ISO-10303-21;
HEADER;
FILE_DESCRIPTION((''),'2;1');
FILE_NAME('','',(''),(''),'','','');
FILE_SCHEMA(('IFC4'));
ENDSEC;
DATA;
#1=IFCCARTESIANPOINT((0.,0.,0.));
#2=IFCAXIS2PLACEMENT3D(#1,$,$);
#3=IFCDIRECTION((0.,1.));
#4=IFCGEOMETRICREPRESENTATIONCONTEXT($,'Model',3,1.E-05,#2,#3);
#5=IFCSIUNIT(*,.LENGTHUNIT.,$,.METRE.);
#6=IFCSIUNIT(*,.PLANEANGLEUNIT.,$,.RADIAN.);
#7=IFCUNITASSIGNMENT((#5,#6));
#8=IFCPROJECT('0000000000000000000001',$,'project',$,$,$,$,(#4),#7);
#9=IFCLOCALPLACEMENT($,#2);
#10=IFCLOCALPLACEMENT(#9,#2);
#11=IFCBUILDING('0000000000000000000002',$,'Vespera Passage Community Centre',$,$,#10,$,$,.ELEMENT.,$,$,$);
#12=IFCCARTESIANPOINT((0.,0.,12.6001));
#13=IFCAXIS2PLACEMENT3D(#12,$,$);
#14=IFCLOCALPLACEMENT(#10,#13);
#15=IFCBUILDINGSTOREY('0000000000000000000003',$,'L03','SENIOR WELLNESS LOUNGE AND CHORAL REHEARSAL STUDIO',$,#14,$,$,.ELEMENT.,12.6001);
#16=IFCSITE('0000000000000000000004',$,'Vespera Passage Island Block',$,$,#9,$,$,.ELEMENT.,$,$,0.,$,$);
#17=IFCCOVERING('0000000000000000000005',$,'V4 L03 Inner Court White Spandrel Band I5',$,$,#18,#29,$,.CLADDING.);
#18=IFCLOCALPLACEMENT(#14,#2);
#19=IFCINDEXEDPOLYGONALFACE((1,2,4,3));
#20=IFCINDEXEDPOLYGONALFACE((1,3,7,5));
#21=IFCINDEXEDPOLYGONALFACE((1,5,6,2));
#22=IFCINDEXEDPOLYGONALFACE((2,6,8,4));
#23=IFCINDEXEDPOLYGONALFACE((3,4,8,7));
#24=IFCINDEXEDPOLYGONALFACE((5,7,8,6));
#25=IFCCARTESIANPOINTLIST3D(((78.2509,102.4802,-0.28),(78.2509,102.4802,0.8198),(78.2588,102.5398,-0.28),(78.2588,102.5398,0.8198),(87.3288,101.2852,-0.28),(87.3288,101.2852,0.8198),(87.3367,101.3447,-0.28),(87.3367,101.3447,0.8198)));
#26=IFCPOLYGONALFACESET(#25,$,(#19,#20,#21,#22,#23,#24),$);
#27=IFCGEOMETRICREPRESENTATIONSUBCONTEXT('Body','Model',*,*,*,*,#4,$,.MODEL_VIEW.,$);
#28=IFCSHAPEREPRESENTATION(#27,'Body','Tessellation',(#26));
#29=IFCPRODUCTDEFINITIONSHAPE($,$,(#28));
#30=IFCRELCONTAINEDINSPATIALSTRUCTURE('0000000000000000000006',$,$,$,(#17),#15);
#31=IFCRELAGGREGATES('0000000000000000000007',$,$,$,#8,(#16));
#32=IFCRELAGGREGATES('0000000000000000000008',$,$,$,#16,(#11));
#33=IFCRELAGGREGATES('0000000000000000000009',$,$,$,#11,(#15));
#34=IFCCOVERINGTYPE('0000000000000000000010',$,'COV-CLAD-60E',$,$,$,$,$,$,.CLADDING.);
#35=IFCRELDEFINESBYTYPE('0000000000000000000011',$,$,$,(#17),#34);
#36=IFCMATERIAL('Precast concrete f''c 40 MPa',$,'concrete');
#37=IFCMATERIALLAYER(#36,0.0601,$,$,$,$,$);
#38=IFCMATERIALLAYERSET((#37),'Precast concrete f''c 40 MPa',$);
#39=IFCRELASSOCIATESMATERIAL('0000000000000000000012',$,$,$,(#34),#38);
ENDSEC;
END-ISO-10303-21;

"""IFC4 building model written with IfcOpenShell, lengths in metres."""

from ifc_helpers import new_model, si_unit, direction, frame, frame_2d, origin, place, context, subcontext, project, spatial, rectangle, extrude, material, layer, layer_set, type_object, element, save


model = new_model("IFC4")

# Units and contexts
model_context = context("Model", 3, precision=1e-05, world=origin(), true_north=direction((0.0, 1.0)))
body_context = subcontext(model_context, "Body", "Model", "MODEL_VIEW")
ifc_project = project(units=[si_unit("LENGTHUNIT", "METRE"), si_unit("PLANEANGLEUNIT", "RADIAN")], contexts=[model_context])

# Site, building, storey
site_placement = place(None, origin())
site = spatial("IfcSite", under=ifc_project, at=site_placement, Name="Vespera Passage Island Block", CompositionType="ELEMENT", RefElevation=0.0)
building_placement = place(site_placement, origin())
building = spatial("IfcBuilding", under=site, at=building_placement, Name="Vespera Passage Community Centre", CompositionType="ELEMENT")
storey_placement = place(building_placement, frame((0.0, 0.0, 12.6001)))
storey = spatial("IfcBuildingStorey", under=building, at=storey_placement, Name="L03", Description="SENIOR WELLNESS LOUNGE AND CHORAL REHEARSAL STUDIO", CompositionType="ELEMENT", Elevation=12.6001)

# Covering
ifc_material_1 = material(Name="Precast concrete f'c 40 MPa", Category="concrete")
ifc_layer_1 = layer(ifc_material_1, 0.0601)
ifc_layer_set_1 = layer_set([ifc_layer_1], Name="Precast concrete f'c 40 MPa")
covering_type = type_object("IfcCoveringType", Name="COV-CLAD-60E", PredefinedType="CLADDING", material=ifc_layer_set_1)
covering_placement = place(storey_placement, frame((87.3328, 101.3149, -0.28), z_axis=(0.0, 0.0, 1.0), x_axis=(-0.991446, 0.13052, 0.0)))
element("IfcCovering", 1, at=covering_placement, inside=storey, type_object=covering_type, Name="V4 L03 Inner Court White Spandrel Band I5", PredefinedType="CLADDING", context=body_context, shape_type="SweptSolid", body=[
    extrude(rectangle(XDim=9.1562, YDim=0.0601, at=frame_2d((4.5781, 0.0))), origin(), (0.0, 0.0, 1.0), 1.0999),
])

save(model, "model.ifc")
